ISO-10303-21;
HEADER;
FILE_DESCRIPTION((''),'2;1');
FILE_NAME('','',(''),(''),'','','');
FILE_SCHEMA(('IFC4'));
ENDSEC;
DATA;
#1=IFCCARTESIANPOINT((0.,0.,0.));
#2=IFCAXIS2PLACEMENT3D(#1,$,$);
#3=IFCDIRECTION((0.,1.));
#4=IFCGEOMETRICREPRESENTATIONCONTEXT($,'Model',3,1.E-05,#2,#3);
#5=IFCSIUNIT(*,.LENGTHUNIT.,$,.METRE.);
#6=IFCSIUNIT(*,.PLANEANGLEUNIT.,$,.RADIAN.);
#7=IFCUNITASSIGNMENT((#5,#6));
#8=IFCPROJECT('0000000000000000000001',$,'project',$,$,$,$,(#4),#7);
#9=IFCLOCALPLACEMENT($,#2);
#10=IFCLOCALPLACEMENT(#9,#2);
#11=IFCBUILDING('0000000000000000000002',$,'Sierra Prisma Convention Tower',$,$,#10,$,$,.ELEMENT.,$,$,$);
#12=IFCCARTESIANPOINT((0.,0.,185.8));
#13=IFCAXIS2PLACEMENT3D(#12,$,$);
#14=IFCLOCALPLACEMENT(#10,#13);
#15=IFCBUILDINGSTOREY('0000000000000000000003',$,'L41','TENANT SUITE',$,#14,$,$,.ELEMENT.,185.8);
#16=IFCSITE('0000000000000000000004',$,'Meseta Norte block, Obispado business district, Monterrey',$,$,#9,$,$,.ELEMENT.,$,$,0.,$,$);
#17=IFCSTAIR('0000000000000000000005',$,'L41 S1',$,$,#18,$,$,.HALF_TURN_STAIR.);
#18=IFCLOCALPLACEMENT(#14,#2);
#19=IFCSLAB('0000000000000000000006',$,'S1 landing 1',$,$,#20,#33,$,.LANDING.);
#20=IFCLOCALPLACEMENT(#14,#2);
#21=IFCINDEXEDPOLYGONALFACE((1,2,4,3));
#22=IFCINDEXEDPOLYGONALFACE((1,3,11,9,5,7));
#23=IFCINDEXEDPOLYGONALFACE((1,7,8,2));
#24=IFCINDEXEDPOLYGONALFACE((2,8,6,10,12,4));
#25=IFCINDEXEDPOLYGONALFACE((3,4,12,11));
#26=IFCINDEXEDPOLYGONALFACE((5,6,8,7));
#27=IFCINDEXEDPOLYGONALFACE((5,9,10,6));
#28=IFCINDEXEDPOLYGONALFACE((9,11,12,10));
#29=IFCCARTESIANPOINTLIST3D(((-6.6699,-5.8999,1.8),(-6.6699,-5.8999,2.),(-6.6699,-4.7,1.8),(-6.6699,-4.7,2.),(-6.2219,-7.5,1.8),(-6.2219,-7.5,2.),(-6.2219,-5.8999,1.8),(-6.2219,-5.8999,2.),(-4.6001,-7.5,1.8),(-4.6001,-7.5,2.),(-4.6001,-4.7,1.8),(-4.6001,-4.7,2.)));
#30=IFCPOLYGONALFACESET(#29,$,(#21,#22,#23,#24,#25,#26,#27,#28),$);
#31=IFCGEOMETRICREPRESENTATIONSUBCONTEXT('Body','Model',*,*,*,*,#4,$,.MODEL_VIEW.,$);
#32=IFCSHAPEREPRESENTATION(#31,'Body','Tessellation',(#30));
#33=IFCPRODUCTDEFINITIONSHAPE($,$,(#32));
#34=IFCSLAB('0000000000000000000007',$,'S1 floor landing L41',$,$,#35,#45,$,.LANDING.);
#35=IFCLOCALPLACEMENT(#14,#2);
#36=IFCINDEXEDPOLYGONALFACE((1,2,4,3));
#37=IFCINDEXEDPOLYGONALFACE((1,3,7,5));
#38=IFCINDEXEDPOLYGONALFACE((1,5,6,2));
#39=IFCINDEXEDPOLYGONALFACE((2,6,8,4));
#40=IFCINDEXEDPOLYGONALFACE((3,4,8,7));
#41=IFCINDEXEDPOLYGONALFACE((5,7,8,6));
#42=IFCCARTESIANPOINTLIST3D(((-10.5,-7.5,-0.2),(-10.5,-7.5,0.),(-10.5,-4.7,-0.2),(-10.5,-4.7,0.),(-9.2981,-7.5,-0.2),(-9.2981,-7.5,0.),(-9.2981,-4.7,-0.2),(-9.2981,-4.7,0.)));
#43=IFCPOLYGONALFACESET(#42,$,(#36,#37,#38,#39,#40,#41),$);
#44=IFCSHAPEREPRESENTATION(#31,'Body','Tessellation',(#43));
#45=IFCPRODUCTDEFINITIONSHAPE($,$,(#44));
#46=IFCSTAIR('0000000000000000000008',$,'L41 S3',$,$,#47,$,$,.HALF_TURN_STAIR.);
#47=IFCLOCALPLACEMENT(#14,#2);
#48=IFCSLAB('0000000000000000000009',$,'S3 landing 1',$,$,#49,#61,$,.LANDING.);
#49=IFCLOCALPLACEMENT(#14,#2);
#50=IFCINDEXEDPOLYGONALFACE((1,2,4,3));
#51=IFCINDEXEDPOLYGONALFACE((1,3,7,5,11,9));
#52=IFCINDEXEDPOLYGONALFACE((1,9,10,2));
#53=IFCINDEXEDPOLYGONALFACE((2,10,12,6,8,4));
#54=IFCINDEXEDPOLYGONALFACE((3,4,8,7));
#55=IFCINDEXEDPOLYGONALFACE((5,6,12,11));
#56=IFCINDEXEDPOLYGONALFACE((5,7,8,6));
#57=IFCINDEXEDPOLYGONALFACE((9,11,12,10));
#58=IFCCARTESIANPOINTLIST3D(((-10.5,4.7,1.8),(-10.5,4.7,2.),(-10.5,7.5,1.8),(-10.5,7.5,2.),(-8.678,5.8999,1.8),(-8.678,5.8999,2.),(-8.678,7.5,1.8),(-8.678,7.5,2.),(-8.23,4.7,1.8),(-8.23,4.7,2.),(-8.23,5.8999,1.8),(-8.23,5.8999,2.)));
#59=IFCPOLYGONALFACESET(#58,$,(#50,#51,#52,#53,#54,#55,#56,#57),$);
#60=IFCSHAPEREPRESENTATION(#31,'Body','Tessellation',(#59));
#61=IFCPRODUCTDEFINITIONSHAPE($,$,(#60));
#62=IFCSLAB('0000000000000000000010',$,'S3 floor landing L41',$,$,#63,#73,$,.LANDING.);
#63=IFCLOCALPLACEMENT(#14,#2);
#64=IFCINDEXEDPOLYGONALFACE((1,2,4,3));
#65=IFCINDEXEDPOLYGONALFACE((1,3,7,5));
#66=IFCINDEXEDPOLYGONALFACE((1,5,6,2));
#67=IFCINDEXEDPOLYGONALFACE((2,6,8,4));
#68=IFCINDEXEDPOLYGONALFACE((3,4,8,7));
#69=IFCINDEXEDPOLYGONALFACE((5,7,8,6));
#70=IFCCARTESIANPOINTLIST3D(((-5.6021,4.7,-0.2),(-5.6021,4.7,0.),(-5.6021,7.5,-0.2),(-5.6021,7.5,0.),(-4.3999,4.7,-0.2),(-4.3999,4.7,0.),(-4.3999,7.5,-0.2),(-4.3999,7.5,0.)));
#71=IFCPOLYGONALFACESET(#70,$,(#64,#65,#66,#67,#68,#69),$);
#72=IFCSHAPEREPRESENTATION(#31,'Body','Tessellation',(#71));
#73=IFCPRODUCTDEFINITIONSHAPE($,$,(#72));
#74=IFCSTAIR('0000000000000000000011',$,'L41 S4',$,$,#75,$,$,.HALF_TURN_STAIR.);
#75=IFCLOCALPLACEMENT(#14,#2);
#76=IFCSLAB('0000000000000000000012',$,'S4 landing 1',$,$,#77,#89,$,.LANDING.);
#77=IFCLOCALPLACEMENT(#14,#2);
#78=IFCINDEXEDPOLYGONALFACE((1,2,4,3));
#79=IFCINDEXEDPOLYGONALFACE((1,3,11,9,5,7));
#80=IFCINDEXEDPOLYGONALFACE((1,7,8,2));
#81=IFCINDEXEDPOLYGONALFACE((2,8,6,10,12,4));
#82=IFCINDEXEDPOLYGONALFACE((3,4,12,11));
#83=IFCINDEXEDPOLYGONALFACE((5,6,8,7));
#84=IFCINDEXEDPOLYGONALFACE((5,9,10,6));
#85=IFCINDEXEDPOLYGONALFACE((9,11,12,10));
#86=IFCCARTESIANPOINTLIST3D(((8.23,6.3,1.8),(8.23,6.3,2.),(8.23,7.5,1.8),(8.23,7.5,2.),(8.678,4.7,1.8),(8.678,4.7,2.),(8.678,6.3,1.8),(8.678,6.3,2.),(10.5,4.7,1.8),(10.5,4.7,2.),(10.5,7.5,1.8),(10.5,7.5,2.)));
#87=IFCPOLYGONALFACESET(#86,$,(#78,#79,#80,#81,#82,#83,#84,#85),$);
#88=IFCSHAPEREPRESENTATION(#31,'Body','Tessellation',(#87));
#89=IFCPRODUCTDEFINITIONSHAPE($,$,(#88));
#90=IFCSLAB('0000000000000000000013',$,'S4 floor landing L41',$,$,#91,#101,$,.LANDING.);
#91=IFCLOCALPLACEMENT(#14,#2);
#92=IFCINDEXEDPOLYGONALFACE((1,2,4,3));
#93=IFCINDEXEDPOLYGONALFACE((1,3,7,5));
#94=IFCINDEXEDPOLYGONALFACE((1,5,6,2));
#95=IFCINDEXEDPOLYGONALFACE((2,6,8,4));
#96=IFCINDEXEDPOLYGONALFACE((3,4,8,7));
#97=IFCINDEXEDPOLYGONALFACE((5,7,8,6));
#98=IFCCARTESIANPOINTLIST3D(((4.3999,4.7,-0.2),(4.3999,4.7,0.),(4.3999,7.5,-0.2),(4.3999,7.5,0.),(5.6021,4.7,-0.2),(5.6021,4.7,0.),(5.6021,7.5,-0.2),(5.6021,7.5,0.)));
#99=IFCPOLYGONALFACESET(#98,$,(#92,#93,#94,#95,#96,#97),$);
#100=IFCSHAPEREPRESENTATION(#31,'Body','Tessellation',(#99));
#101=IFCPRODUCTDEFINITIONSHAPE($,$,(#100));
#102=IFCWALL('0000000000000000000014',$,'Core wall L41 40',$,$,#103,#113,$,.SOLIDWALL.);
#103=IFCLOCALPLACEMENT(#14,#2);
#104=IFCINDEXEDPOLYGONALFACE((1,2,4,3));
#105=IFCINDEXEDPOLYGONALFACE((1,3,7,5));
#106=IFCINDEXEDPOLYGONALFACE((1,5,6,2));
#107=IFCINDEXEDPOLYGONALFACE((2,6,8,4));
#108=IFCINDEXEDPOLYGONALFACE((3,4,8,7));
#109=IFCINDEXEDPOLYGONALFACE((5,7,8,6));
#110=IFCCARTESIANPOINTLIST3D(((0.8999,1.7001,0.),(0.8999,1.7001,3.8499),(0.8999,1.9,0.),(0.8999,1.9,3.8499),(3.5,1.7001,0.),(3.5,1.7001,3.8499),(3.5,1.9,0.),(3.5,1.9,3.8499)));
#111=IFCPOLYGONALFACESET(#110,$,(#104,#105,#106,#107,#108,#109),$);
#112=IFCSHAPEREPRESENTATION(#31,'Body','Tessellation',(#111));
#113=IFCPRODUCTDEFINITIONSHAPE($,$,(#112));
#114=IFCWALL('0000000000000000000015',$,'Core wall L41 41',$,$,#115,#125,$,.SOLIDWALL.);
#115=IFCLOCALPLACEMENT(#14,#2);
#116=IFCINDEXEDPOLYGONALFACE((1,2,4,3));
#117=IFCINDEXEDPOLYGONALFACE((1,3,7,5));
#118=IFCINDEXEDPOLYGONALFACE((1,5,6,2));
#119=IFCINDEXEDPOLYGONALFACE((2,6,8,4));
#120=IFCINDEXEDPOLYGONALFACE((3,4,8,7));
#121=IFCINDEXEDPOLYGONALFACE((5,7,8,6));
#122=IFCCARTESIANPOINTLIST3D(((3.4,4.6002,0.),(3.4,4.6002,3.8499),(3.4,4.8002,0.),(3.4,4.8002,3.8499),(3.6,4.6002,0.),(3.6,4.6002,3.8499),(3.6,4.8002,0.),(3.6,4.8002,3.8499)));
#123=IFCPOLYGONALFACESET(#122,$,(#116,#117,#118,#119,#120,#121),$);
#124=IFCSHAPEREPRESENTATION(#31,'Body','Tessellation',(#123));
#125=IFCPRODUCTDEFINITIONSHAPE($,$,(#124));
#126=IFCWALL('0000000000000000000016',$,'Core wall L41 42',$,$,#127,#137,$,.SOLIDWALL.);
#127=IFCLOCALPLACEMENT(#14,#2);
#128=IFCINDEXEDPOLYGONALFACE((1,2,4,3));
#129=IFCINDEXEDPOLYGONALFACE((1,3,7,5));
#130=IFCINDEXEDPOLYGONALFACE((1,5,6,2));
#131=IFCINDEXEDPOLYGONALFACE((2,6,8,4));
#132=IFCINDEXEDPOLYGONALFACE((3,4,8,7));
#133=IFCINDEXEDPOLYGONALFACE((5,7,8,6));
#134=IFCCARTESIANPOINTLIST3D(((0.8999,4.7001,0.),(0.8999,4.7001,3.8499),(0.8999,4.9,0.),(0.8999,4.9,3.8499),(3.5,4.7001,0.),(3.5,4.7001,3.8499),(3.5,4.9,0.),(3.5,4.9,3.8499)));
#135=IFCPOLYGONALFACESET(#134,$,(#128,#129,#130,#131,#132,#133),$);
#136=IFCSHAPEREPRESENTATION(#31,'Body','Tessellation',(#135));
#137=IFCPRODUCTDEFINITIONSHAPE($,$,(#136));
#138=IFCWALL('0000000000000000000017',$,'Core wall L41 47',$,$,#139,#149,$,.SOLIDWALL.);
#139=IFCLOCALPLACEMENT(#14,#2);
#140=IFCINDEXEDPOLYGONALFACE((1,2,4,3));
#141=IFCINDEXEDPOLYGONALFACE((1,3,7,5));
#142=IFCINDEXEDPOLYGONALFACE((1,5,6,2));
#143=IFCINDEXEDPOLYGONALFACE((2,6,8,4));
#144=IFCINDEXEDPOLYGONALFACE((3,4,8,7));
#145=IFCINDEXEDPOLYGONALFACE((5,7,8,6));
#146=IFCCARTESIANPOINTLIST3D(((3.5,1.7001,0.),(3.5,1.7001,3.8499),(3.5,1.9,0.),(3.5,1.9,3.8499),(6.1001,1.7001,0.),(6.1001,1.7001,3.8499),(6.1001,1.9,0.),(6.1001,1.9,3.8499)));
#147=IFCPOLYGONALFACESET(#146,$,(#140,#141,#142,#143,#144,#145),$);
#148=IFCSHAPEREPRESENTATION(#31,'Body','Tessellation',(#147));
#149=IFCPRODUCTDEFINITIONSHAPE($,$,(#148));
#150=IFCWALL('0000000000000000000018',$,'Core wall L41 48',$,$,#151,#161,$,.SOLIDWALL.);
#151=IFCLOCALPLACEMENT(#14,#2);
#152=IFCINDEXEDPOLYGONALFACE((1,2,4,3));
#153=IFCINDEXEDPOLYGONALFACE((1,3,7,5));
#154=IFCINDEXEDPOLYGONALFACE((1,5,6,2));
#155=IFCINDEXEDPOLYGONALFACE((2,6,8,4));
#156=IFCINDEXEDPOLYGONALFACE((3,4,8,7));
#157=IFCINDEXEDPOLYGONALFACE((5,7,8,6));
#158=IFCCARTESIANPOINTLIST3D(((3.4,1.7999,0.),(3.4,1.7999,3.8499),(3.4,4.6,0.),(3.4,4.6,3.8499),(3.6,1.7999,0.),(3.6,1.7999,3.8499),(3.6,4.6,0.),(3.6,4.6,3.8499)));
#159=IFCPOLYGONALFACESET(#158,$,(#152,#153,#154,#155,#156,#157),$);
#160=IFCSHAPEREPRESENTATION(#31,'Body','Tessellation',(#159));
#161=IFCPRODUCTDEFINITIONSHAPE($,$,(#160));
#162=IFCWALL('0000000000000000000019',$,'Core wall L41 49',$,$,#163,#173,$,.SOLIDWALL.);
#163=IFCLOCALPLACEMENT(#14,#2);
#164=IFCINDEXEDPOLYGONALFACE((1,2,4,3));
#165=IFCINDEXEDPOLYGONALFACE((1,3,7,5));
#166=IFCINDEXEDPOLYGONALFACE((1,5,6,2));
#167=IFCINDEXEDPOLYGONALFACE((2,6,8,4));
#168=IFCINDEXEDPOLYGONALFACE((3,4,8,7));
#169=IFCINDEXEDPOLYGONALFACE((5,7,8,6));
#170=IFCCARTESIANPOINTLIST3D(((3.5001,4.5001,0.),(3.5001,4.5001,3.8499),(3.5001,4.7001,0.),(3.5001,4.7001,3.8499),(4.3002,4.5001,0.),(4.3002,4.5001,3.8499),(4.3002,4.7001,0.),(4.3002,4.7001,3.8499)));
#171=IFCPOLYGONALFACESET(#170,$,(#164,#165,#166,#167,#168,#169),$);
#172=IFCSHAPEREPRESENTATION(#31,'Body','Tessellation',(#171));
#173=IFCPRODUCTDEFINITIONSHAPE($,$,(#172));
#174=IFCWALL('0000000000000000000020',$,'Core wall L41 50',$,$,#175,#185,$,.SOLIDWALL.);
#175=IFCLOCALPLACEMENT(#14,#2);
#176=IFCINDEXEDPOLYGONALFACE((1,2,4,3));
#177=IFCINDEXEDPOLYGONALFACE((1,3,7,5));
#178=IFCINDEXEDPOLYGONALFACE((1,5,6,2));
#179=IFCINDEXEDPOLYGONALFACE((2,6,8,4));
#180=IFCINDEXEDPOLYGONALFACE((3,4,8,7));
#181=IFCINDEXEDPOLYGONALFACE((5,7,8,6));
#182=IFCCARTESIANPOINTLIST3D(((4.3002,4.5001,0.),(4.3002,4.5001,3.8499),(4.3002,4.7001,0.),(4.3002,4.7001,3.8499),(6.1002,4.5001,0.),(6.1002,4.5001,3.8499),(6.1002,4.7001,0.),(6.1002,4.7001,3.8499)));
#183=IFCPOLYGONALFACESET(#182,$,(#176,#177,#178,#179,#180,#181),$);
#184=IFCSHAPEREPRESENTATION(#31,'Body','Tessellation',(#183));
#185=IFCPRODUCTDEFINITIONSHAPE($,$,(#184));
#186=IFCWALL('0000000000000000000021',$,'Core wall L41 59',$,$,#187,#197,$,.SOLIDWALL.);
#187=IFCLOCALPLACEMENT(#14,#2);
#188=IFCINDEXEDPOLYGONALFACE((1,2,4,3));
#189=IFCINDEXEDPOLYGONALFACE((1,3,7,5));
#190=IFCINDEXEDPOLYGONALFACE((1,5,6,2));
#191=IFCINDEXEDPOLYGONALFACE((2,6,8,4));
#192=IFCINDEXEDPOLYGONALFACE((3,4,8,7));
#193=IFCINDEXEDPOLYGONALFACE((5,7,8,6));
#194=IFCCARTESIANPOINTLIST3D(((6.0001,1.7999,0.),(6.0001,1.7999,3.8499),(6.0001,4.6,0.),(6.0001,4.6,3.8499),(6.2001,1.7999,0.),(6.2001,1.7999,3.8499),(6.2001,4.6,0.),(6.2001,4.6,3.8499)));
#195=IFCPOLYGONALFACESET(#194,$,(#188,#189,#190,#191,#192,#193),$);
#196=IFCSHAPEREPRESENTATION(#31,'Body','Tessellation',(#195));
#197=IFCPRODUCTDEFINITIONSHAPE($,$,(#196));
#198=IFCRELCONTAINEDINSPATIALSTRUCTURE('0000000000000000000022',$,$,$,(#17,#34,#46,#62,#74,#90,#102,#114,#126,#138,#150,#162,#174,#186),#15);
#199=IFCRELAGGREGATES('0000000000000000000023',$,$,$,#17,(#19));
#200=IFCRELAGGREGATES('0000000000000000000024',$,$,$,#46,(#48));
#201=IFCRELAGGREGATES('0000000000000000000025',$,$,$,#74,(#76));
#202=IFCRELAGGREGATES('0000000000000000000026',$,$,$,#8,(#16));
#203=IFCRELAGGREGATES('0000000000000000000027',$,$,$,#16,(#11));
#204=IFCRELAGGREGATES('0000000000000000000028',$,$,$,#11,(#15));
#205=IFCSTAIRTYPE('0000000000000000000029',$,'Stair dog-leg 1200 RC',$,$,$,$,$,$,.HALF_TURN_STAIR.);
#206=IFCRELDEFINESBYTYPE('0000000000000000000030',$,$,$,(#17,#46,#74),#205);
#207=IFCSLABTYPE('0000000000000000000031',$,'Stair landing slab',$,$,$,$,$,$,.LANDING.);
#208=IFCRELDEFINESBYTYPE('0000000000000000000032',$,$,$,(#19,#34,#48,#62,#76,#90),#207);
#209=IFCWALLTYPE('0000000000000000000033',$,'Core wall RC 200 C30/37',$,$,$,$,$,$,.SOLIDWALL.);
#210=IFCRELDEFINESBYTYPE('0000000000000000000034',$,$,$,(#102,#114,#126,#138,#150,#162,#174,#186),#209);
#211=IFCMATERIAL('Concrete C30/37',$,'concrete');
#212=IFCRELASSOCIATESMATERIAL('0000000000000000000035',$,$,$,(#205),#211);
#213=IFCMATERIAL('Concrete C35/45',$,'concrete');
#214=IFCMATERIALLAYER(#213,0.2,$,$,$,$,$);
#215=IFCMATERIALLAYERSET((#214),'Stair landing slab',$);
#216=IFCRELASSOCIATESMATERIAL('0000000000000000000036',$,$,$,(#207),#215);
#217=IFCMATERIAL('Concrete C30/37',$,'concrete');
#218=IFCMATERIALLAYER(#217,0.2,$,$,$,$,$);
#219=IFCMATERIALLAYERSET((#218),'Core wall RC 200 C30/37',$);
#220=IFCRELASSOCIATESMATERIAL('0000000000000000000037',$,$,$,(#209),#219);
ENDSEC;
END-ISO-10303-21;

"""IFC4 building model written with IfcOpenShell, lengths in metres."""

from ifc_helpers import new_model, si_unit, direction, frame, frame_2d, origin, place, context, subcontext, project, spatial, polyline, rectangle, outline, extrude, material, layer, layer_set, type_object, element, aggregate, save


model = new_model("IFC4")

# Units and contexts
model_context = context("Model", 3, precision=1e-05, world=origin(), true_north=direction((0.0, 1.0)))
body_context = subcontext(model_context, "Body", "Model", "MODEL_VIEW")
ifc_project = project(units=[si_unit("LENGTHUNIT", "METRE"), si_unit("PLANEANGLEUNIT", "RADIAN")], contexts=[model_context])

# Site, building, storey
site_placement = place(None, origin())
site = spatial("IfcSite", under=ifc_project, at=site_placement, Name="Meseta Norte block, Obispado business district, Monterrey", CompositionType="ELEMENT", RefElevation=0.0)
building_placement = place(site_placement, origin())
building = spatial("IfcBuilding", under=site, at=building_placement, Name="Sierra Prisma Convention Tower", CompositionType="ELEMENT")
storey_placement = place(building_placement, frame((0.0, 0.0, 185.8)))
storey = spatial("IfcBuildingStorey", under=building, at=storey_placement, Name="L41", Description="TENANT SUITE", CompositionType="ELEMENT", Elevation=185.8)

# Stair, slab
ifc_material_1 = material(Name="Concrete C30/37", Category="concrete")
stair_type = type_object("IfcStairType", Name="Stair dog-leg 1200 RC", PredefinedType="HALF_TURN_STAIR", material=ifc_material_1)
stair_1_placement = place(storey_placement, origin())
stair_1 = element("IfcStair", 1, at=stair_1_placement, inside=storey, type_object=stair_type, Name="L41 S1", PredefinedType="HALF_TURN_STAIR")
ifc_material_2 = material(Name="Concrete C35/45", Category="concrete")
ifc_layer_1 = layer(ifc_material_2, 0.2)
ifc_layer_set_1 = layer_set([ifc_layer_1], Name="Stair landing slab")
slab_type = type_object("IfcSlabType", Name="Stair landing slab", PredefinedType="LANDING", material=ifc_layer_set_1)
slab_1_placement = place(storey_placement, frame((0.0, 0.0, 1.8)))
slab_1 = element("IfcSlab", 2, at=slab_1_placement, type_object=slab_type, Name="S1 landing 1", PredefinedType="LANDING", context=body_context, shape_type="SweptSolid", body=[
    extrude(outline(polyline([(-4.6001, -4.7), (-4.6001, -7.5), (-6.2219, -7.5), (-6.2219, -5.8999), (-6.6699, -5.8999), (-6.6699, -4.7), (-4.6001, -4.7)])), origin(), (0.0, 0.0, 1.0), 0.2),
])
aggregate(stair_1, [slab_1])

# Slab
slab_2_placement = place(storey_placement, frame((0.0, 0.0, -0.2)))
element("IfcSlab", 3, at=slab_2_placement, inside=storey, type_object=slab_type, Name="S1 floor landing L41", PredefinedType="LANDING", context=body_context, shape_type="SweptSolid", body=[
    extrude(outline(polyline([(-10.5, -7.5), (-9.2981, -7.5), (-9.2981, -4.7), (-10.5, -4.7), (-10.5, -7.5)])), origin(), (0.0, 0.0, 1.0), 0.2),
])

# Stair, slab
stair_2_placement = place(storey_placement, origin())
stair_2 = element("IfcStair", 4, at=stair_2_placement, inside=storey, type_object=stair_type, Name="L41 S3", PredefinedType="HALF_TURN_STAIR")
slab_3_placement = place(storey_placement, frame((0.0, 0.0, 1.8)))
slab_3 = element("IfcSlab", 5, at=slab_3_placement, type_object=slab_type, Name="S3 landing 1", PredefinedType="LANDING", context=body_context, shape_type="SweptSolid", body=[
    extrude(outline(polyline([(-8.23, 5.8999), (-8.23, 4.7), (-10.5, 4.7), (-10.5, 7.5), (-8.678, 7.5), (-8.678, 5.8999), (-8.23, 5.8999)])), origin(), (0.0, 0.0, 1.0), 0.2),
])
aggregate(stair_2, [slab_3])

# Slab
slab_4_placement = place(storey_placement, frame((0.0, 0.0, -0.2)))
element("IfcSlab", 6, at=slab_4_placement, inside=storey, type_object=slab_type, Name="S3 floor landing L41", PredefinedType="LANDING", context=body_context, shape_type="SweptSolid", body=[
    extrude(outline(polyline([(-4.3999, 7.5), (-5.6021, 7.5), (-5.6021, 4.7), (-4.3999, 4.7), (-4.3999, 7.5)])), origin(), (0.0, 0.0, 1.0), 0.2),
])

# Stair, slab
stair_3_placement = place(storey_placement, origin())
stair_3 = element("IfcStair", 7, at=stair_3_placement, inside=storey, type_object=stair_type, Name="L41 S4", PredefinedType="HALF_TURN_STAIR")
slab_5_placement = place(storey_placement, frame((0.0, 0.0, 1.8)))
slab_5 = element("IfcSlab", 8, at=slab_5_placement, type_object=slab_type, Name="S4 landing 1", PredefinedType="LANDING", context=body_context, shape_type="SweptSolid", body=[
    extrude(outline(polyline([(10.5, 7.5), (10.5, 4.7), (8.678, 4.7), (8.678, 6.3), (8.23, 6.3), (8.23, 7.5), (10.5, 7.5)])), origin(), (0.0, 0.0, 1.0), 0.2),
])

# Slab
slab_6_placement = place(storey_placement, frame((0.0, 0.0, -0.2)))
element("IfcSlab", 9, at=slab_6_placement, inside=storey, type_object=slab_type, Name="S4 floor landing L41", PredefinedType="LANDING", context=body_context, shape_type="SweptSolid", body=[
    extrude(outline(polyline([(4.3999, 4.7), (5.6021, 4.7), (5.6021, 7.5), (4.3999, 7.5), (4.3999, 4.7)])), origin(), (0.0, 0.0, 1.0), 0.2),
])

# Shared definitions
ifc_material_3 = material(Name="Concrete C30/37", Category="concrete")
ifc_layer_2 = layer(ifc_material_3, 0.2)
ifc_layer_set_2 = layer_set([ifc_layer_2], Name="Core wall RC 200 C30/37")
wall_type = type_object("IfcWallType", Name="Core wall RC 200 C30/37", PredefinedType="SOLIDWALL", material=ifc_layer_set_2)

# Walls
wall_1_placement = place(storey_placement, frame((3.5, 1.8, 0.0), z_axis=(0.0, 0.0, 1.0), x_axis=(-1.0, 0.0, 0.0)))
element("IfcWall", 10, at=wall_1_placement, inside=storey, type_object=wall_type, Name="Core wall L41 40", PredefinedType="SOLIDWALL", context=body_context, shape_type="SweptSolid", body=[
    extrude(rectangle(XDim=2.6001, YDim=0.2, at=frame_2d((1.3, 0.0))), origin(), (0.0, 0.0, 1.0), 3.8499),
])
wall_2_placement = place(storey_placement, frame((3.5, 4.6001, 0.0), z_axis=(0.0, 0.0, 1.0), x_axis=(0.0, 1.0, 0.0)))
element("IfcWall", 11, at=wall_2_placement, inside=storey, type_object=wall_type, Name="Core wall L41 41", PredefinedType="SOLIDWALL", context=body_context, shape_type="SweptSolid", body=[
    extrude(rectangle(XDim=0.2, YDim=0.2, at=frame_2d((0.1001, 0.0))), origin(), (0.0, 0.0, 1.0), 3.8499),
])
wall_3_placement = place(storey_placement, frame((3.5, 4.8, 0.0), z_axis=(0.0, 0.0, 1.0), x_axis=(-1.0, 0.0, 0.0)))
element("IfcWall", 12, at=wall_3_placement, inside=storey, type_object=wall_type, Name="Core wall L41 42", PredefinedType="SOLIDWALL", context=body_context, shape_type="SweptSolid", body=[
    extrude(rectangle(XDim=2.6001, YDim=0.2, at=frame_2d((1.3, 0.0))), origin(), (0.0, 0.0, 1.0), 3.8499),
])

# Walls
wall_4_placement = place(storey_placement, frame((6.1001, 1.8, 0.0), z_axis=(0.0, 0.0, 1.0), x_axis=(-1.0, 0.0, 0.0)))
element("IfcWall", 13, at=wall_4_placement, inside=storey, type_object=wall_type, Name="Core wall L41 47", PredefinedType="SOLIDWALL", context=body_context, shape_type="SweptSolid", body=[
    extrude(rectangle(XDim=2.6001, YDim=0.2, at=frame_2d((1.3, 0.0))), origin(), (0.0, 0.0, 1.0), 3.8499),
])
wall_5_placement = place(storey_placement, frame((3.5, 1.8, 0.0), z_axis=(0.0, 0.0, 1.0), x_axis=(0.0, 1.0, 0.0)))
element("IfcWall", 14, at=wall_5_placement, inside=storey, type_object=wall_type, Name="Core wall L41 48", PredefinedType="SOLIDWALL", context=body_context, shape_type="SweptSolid", body=[
    extrude(rectangle(XDim=2.8, YDim=0.2, at=frame_2d((1.3999, 0.0))), origin(), (0.0, 0.0, 1.0), 3.8499),
])
wall_6_placement = place(storey_placement, frame((4.3, 4.6001, 0.0), z_axis=(0.0, 0.0, 1.0), x_axis=(-1.0, 0.0, 0.0)))
element("IfcWall", 15, at=wall_6_placement, inside=storey, type_object=wall_type, Name="Core wall L41 49", PredefinedType="SOLIDWALL", context=body_context, shape_type="SweptSolid", body=[
    extrude(rectangle(XDim=0.8, YDim=0.2, at=frame_2d((0.3999, 0.0))), origin(), (0.0, 0.0, 1.0), 3.8499),
])
wall_7_placement = place(storey_placement, frame((6.1001, 4.6001, 0.0), z_axis=(0.0, 0.0, 1.0), x_axis=(-1.0, 0.0, 0.0)))
element("IfcWall", 16, at=wall_7_placement, inside=storey, type_object=wall_type, Name="Core wall L41 50", PredefinedType="SOLIDWALL", context=body_context, shape_type="SweptSolid", body=[
    extrude(rectangle(XDim=1.8, YDim=0.2, at=frame_2d((0.8999, 0.0))), origin(), (0.0, 0.0, 1.0), 3.8499),
])

# Wall
wall_8_placement = place(storey_placement, frame((6.1001, 1.8, 0.0), z_axis=(0.0, 0.0, 1.0), x_axis=(0.0, 1.0, 0.0)))
element("IfcWall", 17, at=wall_8_placement, inside=storey, type_object=wall_type, Name="Core wall L41 59", PredefinedType="SOLIDWALL", context=body_context, shape_type="SweptSolid", body=[
    extrude(rectangle(XDim=2.8, YDim=0.2, at=frame_2d((1.3999, 0.0))), origin(), (0.0, 0.0, 1.0), 3.8499),
])

aggregate(stair_3, [slab_5])

save(model, "model.ifc")
